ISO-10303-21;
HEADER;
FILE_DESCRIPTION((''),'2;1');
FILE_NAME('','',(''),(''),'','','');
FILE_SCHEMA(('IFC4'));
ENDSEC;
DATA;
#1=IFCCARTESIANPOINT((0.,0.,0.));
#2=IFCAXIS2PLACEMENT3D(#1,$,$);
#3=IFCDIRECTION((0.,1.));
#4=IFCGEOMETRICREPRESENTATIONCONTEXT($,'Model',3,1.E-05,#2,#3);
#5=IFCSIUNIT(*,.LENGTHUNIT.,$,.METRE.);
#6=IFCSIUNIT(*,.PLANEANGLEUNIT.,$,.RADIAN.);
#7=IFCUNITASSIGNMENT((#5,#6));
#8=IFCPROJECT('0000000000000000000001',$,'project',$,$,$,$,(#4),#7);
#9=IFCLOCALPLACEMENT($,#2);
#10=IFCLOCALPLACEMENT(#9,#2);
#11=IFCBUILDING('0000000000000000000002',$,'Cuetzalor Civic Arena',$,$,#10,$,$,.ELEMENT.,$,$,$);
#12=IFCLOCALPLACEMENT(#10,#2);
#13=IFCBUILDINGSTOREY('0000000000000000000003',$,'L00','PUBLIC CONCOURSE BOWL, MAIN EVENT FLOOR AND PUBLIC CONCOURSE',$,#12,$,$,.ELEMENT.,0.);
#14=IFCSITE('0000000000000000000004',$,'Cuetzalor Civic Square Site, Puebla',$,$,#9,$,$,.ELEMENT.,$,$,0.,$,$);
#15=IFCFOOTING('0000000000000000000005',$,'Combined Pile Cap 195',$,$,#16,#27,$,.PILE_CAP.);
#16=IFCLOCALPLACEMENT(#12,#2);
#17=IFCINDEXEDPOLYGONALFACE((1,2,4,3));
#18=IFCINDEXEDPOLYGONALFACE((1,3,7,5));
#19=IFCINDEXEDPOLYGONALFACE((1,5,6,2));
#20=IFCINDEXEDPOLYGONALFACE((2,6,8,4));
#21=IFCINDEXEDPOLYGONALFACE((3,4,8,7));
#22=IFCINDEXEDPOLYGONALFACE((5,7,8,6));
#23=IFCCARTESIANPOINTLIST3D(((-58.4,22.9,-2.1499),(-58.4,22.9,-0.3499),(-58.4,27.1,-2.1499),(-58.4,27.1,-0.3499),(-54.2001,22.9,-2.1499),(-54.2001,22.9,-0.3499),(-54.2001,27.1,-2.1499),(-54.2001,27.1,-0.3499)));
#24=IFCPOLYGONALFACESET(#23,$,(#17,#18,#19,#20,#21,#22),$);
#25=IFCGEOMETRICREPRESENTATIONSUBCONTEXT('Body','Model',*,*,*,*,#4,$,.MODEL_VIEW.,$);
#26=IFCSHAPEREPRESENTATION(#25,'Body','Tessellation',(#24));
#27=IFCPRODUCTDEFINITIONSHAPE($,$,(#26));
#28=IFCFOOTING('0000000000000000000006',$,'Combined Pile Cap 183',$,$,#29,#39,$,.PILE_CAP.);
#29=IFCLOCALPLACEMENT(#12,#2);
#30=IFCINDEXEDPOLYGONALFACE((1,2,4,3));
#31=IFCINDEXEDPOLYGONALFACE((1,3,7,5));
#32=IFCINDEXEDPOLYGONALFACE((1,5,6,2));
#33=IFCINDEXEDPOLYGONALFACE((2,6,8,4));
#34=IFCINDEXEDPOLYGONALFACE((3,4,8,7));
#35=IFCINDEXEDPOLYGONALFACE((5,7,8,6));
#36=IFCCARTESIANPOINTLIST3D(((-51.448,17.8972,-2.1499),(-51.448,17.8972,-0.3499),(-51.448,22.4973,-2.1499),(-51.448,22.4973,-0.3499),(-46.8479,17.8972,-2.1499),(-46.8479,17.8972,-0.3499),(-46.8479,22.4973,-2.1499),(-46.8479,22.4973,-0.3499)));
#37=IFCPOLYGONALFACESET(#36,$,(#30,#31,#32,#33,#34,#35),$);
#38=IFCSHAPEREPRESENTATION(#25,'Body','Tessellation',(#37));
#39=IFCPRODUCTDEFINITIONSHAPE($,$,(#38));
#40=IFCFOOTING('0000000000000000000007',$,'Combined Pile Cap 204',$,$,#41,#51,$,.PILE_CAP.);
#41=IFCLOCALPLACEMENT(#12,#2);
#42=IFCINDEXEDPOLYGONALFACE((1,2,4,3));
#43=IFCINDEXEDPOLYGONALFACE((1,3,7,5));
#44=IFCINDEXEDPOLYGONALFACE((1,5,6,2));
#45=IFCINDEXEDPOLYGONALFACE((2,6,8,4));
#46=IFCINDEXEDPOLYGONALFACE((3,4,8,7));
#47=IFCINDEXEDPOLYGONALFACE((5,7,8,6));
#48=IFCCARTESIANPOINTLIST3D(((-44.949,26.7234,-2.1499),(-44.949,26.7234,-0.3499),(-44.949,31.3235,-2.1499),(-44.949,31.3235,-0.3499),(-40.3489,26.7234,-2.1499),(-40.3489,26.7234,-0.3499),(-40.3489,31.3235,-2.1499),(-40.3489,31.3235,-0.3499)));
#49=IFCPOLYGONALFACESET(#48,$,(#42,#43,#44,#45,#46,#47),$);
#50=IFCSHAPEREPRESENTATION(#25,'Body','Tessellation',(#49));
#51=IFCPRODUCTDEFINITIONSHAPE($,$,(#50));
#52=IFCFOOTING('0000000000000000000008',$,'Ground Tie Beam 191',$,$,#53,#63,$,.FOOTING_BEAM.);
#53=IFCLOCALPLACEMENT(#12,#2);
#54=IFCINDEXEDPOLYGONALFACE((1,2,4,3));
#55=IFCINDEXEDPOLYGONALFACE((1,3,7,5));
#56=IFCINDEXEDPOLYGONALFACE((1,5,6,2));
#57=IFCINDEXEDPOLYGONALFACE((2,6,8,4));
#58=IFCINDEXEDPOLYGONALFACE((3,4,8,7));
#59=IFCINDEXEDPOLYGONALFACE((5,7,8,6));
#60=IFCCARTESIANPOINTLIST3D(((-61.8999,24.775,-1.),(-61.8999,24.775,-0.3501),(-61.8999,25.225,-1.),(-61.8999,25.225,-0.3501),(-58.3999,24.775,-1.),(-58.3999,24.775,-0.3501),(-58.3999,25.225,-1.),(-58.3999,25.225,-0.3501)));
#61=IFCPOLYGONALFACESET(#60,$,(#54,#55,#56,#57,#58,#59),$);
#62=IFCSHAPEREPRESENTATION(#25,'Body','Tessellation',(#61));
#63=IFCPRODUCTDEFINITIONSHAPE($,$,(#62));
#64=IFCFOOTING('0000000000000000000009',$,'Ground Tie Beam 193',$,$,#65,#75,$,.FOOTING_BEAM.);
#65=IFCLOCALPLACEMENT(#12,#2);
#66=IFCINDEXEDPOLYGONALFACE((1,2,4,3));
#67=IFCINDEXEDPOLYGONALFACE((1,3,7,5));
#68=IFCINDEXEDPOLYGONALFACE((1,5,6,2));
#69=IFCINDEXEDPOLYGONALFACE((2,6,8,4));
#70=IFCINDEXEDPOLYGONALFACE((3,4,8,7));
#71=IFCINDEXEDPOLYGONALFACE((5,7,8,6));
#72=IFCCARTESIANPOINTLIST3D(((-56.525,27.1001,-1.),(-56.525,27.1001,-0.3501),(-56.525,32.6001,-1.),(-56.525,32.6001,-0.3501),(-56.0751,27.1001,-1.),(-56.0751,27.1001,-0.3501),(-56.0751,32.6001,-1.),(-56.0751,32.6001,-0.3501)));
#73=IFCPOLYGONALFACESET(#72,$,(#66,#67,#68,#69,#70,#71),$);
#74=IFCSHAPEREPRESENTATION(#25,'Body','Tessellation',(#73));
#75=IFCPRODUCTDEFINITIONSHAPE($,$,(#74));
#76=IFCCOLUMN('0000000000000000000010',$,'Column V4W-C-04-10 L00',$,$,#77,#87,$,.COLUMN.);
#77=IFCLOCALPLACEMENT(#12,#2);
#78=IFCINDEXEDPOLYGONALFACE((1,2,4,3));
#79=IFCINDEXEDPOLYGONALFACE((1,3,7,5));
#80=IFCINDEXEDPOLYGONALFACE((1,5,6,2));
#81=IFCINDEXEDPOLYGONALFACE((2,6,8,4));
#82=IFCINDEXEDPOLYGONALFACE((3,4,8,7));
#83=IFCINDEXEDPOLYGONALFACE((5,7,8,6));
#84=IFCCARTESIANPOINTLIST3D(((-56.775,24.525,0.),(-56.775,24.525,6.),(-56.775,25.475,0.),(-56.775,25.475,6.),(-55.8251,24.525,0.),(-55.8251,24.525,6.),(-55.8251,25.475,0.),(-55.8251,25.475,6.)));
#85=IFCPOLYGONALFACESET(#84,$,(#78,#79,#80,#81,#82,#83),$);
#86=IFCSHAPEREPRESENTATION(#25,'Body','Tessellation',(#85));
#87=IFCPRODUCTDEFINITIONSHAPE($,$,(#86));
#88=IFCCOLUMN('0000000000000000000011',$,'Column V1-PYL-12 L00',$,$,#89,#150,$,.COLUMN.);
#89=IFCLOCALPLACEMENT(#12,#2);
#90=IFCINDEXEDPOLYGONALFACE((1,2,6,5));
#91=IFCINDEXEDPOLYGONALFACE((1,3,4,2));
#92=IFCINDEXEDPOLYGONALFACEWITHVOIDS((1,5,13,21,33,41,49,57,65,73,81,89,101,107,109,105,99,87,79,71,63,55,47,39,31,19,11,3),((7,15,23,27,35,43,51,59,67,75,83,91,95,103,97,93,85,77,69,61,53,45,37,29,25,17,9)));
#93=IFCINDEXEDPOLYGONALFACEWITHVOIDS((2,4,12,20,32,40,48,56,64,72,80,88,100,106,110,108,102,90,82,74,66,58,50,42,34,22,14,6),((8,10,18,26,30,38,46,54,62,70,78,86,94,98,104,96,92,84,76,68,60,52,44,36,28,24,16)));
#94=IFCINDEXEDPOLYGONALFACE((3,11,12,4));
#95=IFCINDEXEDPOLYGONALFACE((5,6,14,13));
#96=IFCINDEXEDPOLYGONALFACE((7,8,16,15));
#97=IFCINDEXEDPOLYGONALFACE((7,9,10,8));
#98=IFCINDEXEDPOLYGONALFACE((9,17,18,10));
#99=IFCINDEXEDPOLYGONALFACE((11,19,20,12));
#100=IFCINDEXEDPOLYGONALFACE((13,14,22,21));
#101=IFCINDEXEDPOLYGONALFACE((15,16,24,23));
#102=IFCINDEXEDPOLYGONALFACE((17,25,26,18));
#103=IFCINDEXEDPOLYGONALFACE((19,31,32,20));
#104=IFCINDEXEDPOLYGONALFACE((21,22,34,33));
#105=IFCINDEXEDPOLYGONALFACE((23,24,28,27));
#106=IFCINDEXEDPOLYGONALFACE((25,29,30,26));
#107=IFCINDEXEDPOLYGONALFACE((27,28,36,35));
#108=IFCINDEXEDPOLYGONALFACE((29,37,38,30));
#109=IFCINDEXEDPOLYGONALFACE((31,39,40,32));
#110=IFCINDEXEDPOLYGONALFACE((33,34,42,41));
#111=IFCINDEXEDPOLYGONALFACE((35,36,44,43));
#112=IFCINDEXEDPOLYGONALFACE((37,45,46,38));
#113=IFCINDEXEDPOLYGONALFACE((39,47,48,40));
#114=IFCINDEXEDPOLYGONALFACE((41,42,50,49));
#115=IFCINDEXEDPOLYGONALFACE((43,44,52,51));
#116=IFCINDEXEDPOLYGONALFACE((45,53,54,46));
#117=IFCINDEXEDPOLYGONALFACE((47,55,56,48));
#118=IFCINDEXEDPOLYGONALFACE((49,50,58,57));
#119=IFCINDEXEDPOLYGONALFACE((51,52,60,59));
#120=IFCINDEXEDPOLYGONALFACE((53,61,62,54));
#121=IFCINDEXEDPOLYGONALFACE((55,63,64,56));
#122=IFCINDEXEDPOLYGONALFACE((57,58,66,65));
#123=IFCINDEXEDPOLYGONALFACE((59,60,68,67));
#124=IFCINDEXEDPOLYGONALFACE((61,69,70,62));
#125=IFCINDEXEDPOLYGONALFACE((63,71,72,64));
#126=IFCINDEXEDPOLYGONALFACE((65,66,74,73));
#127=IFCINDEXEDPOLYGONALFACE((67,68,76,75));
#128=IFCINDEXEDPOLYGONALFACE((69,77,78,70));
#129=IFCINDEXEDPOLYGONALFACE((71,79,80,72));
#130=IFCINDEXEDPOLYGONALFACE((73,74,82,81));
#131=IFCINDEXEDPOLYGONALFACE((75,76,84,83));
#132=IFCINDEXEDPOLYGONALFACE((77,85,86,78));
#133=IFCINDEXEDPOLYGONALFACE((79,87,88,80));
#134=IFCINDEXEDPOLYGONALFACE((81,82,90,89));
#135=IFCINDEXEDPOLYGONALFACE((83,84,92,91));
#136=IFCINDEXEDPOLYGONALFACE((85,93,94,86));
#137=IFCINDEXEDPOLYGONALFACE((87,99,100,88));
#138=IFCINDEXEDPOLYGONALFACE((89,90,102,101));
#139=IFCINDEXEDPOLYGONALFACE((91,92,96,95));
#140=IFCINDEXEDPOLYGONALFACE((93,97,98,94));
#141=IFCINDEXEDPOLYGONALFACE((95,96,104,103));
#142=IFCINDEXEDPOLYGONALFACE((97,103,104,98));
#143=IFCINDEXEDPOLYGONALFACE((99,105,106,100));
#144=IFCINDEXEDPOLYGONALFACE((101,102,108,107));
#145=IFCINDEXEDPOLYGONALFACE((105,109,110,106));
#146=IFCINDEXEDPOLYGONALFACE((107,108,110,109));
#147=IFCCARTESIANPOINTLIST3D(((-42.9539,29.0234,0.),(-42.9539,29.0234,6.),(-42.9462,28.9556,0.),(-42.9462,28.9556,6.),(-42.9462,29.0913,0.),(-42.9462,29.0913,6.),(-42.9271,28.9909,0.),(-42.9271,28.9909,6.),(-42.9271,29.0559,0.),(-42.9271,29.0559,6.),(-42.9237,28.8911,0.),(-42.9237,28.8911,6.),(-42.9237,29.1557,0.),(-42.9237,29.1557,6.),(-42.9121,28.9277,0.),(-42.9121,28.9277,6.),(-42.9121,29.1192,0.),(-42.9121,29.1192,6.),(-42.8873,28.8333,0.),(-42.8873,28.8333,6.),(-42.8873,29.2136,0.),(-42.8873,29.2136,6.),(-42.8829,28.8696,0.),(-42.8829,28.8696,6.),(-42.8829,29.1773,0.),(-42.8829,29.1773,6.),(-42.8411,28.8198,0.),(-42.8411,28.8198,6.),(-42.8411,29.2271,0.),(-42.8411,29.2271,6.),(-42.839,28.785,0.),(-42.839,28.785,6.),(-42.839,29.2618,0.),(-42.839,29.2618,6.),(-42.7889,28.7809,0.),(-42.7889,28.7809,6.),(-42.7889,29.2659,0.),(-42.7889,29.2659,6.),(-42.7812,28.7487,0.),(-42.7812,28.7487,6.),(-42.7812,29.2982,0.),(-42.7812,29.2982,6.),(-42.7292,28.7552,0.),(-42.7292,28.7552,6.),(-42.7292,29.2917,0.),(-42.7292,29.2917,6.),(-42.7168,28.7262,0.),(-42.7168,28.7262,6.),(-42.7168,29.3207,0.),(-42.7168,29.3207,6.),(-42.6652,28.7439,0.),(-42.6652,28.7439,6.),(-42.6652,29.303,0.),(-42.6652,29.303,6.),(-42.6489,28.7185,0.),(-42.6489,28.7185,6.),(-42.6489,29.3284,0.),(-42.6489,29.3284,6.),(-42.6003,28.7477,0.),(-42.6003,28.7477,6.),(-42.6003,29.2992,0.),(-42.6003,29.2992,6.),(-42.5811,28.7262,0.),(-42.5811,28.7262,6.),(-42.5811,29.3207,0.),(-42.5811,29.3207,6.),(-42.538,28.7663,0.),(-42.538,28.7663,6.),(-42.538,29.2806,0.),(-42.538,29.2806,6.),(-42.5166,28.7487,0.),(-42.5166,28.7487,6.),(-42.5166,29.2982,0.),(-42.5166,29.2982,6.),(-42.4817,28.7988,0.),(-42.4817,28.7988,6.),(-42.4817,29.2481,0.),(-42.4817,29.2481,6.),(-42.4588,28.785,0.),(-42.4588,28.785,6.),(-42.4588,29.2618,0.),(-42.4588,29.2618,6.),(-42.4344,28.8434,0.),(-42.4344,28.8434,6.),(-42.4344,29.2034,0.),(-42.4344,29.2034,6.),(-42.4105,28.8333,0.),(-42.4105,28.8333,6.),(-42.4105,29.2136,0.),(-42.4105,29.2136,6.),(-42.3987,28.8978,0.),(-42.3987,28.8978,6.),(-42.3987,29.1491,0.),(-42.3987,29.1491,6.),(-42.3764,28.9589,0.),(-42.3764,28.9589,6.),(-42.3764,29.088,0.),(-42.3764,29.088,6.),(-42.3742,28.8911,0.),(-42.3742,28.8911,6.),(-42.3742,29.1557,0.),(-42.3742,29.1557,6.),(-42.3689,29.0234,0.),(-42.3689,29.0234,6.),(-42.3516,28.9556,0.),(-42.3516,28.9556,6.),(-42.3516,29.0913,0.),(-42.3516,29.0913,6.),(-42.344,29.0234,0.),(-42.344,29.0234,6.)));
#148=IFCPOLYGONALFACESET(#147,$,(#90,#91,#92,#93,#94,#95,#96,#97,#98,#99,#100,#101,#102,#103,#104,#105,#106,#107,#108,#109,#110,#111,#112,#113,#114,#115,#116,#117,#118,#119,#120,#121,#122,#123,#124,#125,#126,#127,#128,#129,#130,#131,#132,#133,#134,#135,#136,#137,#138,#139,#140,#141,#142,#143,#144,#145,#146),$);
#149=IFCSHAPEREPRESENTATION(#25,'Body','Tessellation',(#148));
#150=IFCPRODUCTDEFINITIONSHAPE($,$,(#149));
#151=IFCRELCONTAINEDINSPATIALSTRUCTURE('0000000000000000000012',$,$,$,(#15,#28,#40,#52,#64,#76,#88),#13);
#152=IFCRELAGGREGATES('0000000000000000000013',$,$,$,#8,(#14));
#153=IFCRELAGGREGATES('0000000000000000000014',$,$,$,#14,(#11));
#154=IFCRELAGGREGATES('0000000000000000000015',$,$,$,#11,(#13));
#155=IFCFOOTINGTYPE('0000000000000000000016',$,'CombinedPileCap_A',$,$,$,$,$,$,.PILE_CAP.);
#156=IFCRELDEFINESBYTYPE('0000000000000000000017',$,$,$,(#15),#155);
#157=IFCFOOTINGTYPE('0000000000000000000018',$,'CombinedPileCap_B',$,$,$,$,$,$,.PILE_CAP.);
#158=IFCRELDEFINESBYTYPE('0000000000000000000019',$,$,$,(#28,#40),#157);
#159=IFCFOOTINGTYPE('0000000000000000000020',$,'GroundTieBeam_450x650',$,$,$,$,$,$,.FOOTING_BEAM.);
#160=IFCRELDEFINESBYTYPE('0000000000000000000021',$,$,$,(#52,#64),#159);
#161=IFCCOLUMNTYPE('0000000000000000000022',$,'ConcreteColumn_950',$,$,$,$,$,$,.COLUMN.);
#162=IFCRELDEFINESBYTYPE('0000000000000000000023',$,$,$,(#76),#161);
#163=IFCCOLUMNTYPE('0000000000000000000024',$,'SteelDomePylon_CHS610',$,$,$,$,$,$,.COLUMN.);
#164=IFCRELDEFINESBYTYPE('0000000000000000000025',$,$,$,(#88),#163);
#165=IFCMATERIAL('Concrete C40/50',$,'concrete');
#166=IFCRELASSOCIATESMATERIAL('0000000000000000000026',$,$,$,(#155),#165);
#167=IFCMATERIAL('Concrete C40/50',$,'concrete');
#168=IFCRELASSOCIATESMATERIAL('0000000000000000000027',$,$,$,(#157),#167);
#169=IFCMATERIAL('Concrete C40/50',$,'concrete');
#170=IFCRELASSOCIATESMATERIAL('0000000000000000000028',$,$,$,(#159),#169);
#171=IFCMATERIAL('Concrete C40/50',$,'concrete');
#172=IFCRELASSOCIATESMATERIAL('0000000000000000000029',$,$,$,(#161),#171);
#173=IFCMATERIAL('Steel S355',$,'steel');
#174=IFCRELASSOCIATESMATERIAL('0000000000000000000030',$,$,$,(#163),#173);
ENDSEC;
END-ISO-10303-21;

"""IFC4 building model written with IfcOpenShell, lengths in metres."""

from ifc_helpers import new_model, si_unit, direction, frame, origin, origin_2d, place, context, subcontext, project, spatial, rectangle, hollow_circle, extrude, material, material_profile, profile_set, type_object, element, save


model = new_model("IFC4")

# Units and contexts
model_context = context("Model", 3, precision=1e-05, world=origin(), true_north=direction((0.0, 1.0)))
body_context = subcontext(model_context, "Body", "Model", "MODEL_VIEW")
ifc_project = project(units=[si_unit("LENGTHUNIT", "METRE"), si_unit("PLANEANGLEUNIT", "RADIAN")], contexts=[model_context])

# Site, building, storey
site_placement = place(None, origin())
site = spatial("IfcSite", under=ifc_project, at=site_placement, Name="Cuetzalor Civic Square Site, Puebla", CompositionType="ELEMENT", RefElevation=0.0)
building_placement = place(site_placement, origin())
building = spatial("IfcBuilding", under=site, at=building_placement, Name="Cuetzalor Civic Arena", CompositionType="ELEMENT")
storey_placement = place(building_placement, origin())
storey = spatial("IfcBuildingStorey", under=building, at=storey_placement, Name="L00", Description="PUBLIC CONCOURSE BOWL, MAIN EVENT FLOOR AND PUBLIC CONCOURSE", CompositionType="ELEMENT", Elevation=0.0)

# Footings
ifc_material_1 = material(Name="Concrete C40/50", Category="concrete")
footing_type_1 = type_object("IfcFootingType", Name="CombinedPileCap_A", PredefinedType="PILE_CAP", material=ifc_material_1)
footing_1_placement = place(storey_placement, frame((-56.3, 25.0, -2.1499), z_axis=(0.0, 0.0, 1.0), x_axis=(1.0, 0.0, 0.0)))
element("IfcFooting", 1, at=footing_1_placement, inside=storey, type_object=footing_type_1, Name="Combined Pile Cap 195", PredefinedType="PILE_CAP", context=body_context, shape_type="SweptSolid", body=[
    extrude(rectangle(XDim=4.2, YDim=4.2, at=origin_2d()), origin(), (0.0, 0.0, 1.0), 1.8),
])
ifc_material_2 = material(Name="Concrete C40/50", Category="concrete")
footing_type_2 = type_object("IfcFootingType", Name="CombinedPileCap_B", PredefinedType="PILE_CAP", material=ifc_material_2)
for number, where, z_axis, x_axis, name in (
    (2, (-49.1479, 20.1973, -2.1499), (0.0, 0.0, 1.0), (1.0, 0.0, 0.0), "Combined Pile Cap 183"),
    (3, (-42.6489, 29.0234, -2.1499), (0.0, 0.0, 1.0), (1.0, 0.0, 0.0), "Combined Pile Cap 204"),
):
    element("IfcFooting", number, at=place(storey_placement, frame(where, z_axis=z_axis, x_axis=x_axis)), inside=storey, type_object=footing_type_2, Name=name, PredefinedType="PILE_CAP", context=body_context, shape_type="SweptSolid", body=[
        extrude(rectangle(XDim=4.6001, YDim=4.6001, at=origin_2d()), origin(), (0.0, 0.0, 1.0), 1.8),
    ])
ifc_material_3 = material(Name="Concrete C40/50", Category="concrete")
ifc_material_profile_1 = material_profile(ifc_material_3, rectangle(XDim=0.45, YDim=0.6499, at=origin_2d()), Name="RC 450x650")
ifc_profile_set_1 = profile_set([ifc_material_profile_1], Name="Concrete C40/50")
footing_type_3 = type_object("IfcFootingType", Name="GroundTieBeam_450x650", PredefinedType="FOOTING_BEAM", material=ifc_profile_set_1)
footing_2_placement = place(storey_placement, frame((-61.8999, 25.0, -0.675), z_axis=(1.0, 0.0, 0.0), x_axis=(0.0, 1.0, 0.0)))
element("IfcFooting", 4, at=footing_2_placement, inside=storey, type_object=footing_type_3, Name="Ground Tie Beam 191", PredefinedType="FOOTING_BEAM", context=body_context, shape_type="SweptSolid", body=[
    extrude(rectangle(XDim=0.45, YDim=0.6499, at=origin_2d()), origin(), (0.0, 0.0, 1.0), 3.5),
])
footing_3_placement = place(storey_placement, frame((-56.3, 27.1001, -0.675), z_axis=(0.0, 1.0, 0.0), x_axis=(-1.0, 0.0, 0.0)))
element("IfcFooting", 5, at=footing_3_placement, inside=storey, type_object=footing_type_3, Name="Ground Tie Beam 193", PredefinedType="FOOTING_BEAM", context=body_context, shape_type="SweptSolid", body=[
    extrude(rectangle(XDim=0.45, YDim=0.6499, at=origin_2d()), origin(), (0.0, 0.0, 1.0), 5.5),
])

# Columns
ifc_material_4 = material(Name="Concrete C40/50", Category="concrete")
ifc_material_profile_2 = material_profile(ifc_material_4, rectangle(XDim=0.95, YDim=0.95, at=origin_2d()), Name="RC 950x950")
ifc_profile_set_2 = profile_set([ifc_material_profile_2], Name="Concrete C40/50")
column_type_1 = type_object("IfcColumnType", Name="ConcreteColumn_950", PredefinedType="COLUMN", material=ifc_profile_set_2)
column_placement = place(storey_placement, frame((-56.3, 25.0, 0.0), z_axis=(0.0, 0.0, 1.0), x_axis=(1.0, 0.0, 0.0)))
element("IfcColumn", 6, at=column_placement, inside=storey, type_object=column_type_1, Name="Column V4W-C-04-10 L00", PredefinedType="COLUMN", context=body_context, shape_type="SweptSolid", body=[
    extrude(rectangle(XDim=0.95, YDim=0.95, at=origin_2d()), origin(), (0.0, 0.0, 1.0), 6.0),
])
ifc_material_5 = material(Name="Steel S355", Category="steel")
ifc_material_profile_3 = material_profile(ifc_material_5, hollow_circle(Radius=0.3049, WallThickness=0.0249, at=origin_2d()), Name="CHS 610x25")
ifc_profile_set_3 = profile_set([ifc_material_profile_3], Name="Steel S355")
column_type_2 = type_object("IfcColumnType", Name="SteelDomePylon_CHS610", PredefinedType="COLUMN", material=ifc_profile_set_3)
for number, where, z_axis, x_axis, name in (
    (7, (-42.6489, 29.0234, 0.0), (0.0, 0.0, 1.0), (1.0, 0.0, 0.0), "Column V1-PYL-12 L00"),
):
    element("IfcColumn", number, at=place(storey_placement, frame(where, z_axis=z_axis, x_axis=x_axis)), inside=storey, type_object=column_type_2, Name=name, PredefinedType="COLUMN", context=body_context, shape_type="SweptSolid", body=[
        extrude(hollow_circle(Radius=0.3049, WallThickness=0.0249, at=origin_2d()), origin(), (0.0, 0.0, 1.0), 6.0),
    ])

save(model, "model.ifc")
